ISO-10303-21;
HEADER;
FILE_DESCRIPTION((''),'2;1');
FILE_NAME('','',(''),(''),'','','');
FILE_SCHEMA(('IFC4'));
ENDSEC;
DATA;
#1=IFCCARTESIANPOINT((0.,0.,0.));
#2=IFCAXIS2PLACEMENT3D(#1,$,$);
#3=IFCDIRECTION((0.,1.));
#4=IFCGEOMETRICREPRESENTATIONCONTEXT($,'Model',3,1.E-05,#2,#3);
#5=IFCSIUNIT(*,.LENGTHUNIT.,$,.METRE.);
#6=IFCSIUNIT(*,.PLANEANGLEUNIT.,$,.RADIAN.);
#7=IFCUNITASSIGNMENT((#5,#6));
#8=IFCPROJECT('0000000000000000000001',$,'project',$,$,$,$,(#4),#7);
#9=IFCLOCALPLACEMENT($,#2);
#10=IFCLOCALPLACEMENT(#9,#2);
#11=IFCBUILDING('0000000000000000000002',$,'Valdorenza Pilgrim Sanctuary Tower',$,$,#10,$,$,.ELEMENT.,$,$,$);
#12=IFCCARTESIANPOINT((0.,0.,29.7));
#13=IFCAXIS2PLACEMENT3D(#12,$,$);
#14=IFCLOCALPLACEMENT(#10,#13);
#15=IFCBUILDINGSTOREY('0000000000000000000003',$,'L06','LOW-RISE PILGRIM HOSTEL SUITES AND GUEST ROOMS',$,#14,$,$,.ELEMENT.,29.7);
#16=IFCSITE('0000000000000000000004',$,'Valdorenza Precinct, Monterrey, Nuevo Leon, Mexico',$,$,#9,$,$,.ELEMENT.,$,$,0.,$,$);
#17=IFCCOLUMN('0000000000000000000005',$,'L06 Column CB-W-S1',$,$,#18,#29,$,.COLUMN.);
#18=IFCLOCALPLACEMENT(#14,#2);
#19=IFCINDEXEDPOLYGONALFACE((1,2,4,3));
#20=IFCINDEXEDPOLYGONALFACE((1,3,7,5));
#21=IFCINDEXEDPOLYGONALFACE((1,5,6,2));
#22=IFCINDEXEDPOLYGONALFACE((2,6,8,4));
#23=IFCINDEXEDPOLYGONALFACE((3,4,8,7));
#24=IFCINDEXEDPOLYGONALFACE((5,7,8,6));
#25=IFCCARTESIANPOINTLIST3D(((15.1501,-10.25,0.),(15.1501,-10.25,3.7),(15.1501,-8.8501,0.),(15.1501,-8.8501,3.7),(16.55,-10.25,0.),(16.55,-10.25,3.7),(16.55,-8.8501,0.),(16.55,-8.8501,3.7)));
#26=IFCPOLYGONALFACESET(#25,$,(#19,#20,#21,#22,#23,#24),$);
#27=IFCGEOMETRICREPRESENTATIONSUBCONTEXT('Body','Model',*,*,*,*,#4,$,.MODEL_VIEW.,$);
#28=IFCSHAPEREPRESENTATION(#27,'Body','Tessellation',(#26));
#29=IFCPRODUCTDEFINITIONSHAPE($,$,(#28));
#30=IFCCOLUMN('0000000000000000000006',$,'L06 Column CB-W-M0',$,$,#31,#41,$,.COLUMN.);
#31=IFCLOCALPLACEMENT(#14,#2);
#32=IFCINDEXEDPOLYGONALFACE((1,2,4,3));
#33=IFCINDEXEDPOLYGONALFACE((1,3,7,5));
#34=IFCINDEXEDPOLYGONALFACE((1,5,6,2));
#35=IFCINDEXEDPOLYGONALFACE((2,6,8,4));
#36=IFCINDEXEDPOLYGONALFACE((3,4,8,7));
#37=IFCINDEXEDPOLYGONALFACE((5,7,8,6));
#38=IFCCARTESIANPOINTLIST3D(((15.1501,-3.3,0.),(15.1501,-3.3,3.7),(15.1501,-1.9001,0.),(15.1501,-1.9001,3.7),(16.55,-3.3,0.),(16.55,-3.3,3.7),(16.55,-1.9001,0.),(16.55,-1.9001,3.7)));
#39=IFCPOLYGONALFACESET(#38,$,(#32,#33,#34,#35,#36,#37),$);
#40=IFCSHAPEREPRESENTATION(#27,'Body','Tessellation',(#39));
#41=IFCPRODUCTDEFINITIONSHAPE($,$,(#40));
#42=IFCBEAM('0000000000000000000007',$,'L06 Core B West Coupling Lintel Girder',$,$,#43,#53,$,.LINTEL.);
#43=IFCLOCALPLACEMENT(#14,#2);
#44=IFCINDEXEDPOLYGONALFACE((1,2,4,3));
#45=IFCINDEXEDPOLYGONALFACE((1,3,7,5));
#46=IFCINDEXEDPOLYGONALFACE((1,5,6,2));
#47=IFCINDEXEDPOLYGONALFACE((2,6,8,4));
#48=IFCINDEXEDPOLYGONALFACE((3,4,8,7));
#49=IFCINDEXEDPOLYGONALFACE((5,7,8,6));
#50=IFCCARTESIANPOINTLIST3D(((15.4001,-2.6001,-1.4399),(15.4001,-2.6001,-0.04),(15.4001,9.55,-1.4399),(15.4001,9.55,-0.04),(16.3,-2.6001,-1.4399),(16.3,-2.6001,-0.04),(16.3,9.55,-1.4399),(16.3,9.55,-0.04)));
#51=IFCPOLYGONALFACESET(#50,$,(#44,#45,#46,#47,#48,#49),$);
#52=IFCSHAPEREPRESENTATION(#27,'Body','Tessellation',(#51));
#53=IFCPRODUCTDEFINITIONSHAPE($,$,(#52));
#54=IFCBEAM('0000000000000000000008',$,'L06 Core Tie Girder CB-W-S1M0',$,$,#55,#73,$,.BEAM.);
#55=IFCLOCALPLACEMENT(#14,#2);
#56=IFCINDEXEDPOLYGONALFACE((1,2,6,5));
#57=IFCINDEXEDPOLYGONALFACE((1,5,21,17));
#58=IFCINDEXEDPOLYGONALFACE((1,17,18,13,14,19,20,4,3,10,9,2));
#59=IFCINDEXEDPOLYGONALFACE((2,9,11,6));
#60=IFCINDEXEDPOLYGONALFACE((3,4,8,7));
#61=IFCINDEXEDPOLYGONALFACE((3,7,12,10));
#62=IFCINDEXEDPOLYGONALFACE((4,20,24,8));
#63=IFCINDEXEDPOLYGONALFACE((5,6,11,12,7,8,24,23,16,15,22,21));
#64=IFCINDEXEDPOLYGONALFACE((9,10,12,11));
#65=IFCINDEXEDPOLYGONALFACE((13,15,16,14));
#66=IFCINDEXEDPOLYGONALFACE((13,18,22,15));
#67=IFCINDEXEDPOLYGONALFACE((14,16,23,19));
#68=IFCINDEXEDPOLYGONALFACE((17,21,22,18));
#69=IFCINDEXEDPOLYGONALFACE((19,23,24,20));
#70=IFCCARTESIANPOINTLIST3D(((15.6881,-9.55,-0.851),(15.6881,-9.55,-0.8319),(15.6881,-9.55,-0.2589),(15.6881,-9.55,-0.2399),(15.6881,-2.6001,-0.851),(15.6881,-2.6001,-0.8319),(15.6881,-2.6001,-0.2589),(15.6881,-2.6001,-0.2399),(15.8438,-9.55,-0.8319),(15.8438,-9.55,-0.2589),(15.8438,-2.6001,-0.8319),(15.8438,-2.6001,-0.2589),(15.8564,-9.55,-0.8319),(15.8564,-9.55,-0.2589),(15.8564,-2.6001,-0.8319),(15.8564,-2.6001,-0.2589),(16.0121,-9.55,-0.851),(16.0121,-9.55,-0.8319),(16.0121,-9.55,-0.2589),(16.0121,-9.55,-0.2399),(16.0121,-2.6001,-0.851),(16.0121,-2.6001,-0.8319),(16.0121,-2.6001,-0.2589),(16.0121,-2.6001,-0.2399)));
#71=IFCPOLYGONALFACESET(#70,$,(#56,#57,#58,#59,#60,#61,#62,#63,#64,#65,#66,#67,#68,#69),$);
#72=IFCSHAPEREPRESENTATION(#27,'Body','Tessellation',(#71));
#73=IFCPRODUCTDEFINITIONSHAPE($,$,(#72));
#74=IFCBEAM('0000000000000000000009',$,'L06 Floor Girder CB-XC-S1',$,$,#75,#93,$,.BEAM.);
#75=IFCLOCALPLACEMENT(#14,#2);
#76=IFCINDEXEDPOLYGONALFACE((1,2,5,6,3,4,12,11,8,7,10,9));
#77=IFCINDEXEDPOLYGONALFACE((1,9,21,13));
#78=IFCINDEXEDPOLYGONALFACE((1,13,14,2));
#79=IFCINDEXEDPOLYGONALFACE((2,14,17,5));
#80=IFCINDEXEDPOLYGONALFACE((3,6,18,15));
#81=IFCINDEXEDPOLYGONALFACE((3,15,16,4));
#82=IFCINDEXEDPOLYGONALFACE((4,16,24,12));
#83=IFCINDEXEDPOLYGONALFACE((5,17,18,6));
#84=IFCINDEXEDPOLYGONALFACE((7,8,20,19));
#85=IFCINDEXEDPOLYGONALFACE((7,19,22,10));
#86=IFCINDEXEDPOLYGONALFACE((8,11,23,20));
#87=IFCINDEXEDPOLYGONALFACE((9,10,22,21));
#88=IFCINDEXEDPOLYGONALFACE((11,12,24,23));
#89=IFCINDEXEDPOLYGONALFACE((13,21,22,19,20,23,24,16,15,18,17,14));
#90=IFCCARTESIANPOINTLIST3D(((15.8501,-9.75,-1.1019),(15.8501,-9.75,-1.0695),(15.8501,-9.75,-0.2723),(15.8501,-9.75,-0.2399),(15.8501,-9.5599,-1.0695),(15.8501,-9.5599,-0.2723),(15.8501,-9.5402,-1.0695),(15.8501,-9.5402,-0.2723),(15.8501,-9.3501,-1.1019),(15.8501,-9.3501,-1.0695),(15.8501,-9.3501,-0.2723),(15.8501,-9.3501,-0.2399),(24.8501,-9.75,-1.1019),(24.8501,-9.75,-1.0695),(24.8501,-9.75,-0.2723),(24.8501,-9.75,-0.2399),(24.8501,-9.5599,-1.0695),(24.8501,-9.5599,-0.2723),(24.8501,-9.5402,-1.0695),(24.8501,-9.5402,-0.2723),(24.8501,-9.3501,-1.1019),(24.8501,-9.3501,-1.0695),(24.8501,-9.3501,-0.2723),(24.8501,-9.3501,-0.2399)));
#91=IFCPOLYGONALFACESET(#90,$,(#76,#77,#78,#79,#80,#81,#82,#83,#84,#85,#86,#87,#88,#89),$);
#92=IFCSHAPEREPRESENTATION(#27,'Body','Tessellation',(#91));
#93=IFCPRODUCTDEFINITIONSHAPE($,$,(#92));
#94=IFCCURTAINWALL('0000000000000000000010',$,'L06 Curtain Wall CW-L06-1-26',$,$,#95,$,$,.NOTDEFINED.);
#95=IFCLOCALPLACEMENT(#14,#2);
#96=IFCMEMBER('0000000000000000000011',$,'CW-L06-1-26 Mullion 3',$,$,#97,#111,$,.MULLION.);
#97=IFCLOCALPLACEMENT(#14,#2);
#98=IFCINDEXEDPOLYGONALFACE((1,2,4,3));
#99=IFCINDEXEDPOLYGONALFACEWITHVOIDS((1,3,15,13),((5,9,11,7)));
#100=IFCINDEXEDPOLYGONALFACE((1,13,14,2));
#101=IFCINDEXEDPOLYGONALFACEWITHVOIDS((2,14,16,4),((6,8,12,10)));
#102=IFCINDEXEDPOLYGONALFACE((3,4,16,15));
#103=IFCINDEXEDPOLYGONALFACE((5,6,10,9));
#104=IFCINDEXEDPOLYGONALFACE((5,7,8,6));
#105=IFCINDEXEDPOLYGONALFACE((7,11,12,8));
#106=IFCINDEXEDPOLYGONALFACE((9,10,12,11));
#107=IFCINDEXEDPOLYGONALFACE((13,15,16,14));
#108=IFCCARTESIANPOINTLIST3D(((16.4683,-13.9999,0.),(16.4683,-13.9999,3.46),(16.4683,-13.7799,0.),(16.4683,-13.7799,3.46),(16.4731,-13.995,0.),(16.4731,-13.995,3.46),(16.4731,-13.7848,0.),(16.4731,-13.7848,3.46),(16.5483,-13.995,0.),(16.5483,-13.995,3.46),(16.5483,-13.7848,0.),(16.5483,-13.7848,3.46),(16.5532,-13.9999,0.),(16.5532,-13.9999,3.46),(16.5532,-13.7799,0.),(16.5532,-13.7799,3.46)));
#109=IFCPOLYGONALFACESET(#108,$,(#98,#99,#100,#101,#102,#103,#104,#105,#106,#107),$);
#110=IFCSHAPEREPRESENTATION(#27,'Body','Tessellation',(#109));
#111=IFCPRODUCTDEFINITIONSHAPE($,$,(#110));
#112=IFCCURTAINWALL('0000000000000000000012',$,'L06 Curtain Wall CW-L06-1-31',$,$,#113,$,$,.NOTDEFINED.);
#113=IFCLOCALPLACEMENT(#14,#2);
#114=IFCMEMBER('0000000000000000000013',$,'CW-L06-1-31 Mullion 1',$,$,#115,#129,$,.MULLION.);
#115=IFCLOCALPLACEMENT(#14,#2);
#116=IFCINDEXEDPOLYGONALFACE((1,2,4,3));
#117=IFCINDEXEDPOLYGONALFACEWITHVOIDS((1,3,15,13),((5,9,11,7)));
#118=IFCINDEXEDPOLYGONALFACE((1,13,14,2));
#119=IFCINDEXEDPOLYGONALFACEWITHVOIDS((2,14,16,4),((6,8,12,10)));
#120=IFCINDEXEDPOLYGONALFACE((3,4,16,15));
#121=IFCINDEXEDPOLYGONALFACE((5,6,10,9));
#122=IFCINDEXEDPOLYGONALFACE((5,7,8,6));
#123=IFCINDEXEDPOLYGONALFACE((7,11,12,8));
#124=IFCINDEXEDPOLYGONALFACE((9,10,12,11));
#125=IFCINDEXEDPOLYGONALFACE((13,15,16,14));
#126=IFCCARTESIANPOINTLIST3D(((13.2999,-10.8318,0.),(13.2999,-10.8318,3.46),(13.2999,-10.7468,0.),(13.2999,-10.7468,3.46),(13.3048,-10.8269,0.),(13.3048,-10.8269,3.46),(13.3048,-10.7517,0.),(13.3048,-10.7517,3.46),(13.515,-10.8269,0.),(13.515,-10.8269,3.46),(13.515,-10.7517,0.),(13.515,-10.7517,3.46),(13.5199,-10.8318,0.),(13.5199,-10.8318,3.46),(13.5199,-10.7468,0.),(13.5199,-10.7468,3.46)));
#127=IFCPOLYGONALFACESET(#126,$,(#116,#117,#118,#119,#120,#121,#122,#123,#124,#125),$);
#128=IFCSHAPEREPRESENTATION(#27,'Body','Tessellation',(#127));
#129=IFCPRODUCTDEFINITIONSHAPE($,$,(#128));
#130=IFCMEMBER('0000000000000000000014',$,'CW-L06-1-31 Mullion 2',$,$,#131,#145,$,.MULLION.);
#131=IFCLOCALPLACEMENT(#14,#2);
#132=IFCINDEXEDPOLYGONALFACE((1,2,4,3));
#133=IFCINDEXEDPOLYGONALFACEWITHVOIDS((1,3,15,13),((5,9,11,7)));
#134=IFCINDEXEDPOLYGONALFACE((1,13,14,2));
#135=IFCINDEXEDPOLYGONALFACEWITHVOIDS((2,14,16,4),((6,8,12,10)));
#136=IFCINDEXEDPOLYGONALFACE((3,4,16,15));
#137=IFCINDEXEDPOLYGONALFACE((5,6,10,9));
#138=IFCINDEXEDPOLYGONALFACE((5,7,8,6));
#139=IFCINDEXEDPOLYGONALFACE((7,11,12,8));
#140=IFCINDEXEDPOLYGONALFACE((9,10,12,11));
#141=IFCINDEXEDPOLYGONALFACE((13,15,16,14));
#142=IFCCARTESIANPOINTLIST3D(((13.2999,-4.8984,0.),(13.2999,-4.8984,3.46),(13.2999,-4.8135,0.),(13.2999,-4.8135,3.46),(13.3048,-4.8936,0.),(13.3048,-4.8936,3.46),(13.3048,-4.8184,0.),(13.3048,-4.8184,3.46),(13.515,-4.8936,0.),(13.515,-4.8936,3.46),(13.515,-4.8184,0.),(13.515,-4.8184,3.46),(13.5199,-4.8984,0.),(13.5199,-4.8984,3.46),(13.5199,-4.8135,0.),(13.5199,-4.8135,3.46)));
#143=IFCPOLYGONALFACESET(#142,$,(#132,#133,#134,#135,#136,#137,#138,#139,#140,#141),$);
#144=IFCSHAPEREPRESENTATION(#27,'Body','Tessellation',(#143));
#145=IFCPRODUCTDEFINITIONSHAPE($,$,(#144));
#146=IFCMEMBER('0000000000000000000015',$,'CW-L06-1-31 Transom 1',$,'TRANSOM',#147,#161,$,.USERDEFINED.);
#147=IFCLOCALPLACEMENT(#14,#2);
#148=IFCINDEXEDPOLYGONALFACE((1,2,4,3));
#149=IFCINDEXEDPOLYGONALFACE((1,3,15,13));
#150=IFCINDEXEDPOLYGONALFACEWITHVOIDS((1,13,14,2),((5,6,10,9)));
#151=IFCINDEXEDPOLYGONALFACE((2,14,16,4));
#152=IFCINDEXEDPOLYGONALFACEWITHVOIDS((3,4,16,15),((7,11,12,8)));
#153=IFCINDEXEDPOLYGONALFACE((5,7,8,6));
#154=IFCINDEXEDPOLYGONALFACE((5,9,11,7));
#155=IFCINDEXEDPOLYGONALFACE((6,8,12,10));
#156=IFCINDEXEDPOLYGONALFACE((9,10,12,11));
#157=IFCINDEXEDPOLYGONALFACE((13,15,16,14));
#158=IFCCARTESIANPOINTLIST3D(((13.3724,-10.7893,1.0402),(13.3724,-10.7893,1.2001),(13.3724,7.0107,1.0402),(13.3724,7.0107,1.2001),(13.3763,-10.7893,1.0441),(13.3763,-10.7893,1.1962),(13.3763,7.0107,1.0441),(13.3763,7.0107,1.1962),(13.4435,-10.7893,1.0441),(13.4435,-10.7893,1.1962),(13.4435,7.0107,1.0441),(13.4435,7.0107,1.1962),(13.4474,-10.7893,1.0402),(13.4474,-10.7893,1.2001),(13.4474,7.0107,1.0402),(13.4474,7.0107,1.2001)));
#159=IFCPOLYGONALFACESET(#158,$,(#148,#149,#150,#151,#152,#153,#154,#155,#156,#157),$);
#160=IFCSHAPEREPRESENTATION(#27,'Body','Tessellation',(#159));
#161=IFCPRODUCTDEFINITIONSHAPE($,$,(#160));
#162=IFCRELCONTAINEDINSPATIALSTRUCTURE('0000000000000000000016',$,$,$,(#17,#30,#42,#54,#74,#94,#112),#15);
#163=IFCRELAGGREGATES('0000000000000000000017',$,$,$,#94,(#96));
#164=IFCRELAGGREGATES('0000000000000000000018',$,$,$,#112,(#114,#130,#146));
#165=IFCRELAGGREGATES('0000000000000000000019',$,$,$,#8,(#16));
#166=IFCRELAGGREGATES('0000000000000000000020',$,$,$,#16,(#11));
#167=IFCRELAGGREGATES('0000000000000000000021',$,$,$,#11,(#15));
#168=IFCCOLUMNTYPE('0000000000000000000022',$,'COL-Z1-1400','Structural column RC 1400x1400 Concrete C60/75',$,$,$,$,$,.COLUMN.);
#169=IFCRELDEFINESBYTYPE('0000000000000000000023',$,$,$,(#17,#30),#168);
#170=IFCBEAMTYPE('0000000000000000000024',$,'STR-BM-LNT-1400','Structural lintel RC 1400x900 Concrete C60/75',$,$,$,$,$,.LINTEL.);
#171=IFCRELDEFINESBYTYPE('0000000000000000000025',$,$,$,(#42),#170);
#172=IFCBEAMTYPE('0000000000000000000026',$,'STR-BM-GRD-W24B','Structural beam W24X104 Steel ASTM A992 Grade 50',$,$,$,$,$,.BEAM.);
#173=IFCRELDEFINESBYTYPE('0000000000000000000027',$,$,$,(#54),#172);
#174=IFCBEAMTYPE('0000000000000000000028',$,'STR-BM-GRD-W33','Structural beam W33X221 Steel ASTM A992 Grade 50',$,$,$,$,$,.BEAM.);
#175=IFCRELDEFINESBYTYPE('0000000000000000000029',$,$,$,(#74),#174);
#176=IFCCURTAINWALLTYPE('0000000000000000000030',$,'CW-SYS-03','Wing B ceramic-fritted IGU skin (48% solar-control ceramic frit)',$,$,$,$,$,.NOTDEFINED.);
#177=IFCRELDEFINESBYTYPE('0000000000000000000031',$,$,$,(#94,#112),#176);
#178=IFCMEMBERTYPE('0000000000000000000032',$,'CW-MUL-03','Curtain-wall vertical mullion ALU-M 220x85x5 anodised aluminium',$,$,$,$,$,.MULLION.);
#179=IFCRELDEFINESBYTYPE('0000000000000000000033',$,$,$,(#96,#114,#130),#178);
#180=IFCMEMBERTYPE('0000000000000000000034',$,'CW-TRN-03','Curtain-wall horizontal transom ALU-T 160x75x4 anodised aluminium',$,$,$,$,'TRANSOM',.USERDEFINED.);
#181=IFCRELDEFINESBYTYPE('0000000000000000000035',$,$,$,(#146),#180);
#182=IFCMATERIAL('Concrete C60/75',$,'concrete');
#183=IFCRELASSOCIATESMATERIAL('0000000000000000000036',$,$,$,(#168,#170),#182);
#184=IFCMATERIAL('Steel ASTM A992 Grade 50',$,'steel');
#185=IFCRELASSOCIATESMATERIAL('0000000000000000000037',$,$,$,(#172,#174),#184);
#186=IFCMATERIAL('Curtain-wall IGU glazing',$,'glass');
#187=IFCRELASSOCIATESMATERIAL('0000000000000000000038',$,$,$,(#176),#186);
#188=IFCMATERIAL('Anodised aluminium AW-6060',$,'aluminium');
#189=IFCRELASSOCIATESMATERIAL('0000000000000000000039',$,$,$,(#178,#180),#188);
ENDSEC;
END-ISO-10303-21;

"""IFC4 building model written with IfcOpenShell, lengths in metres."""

from ifc_helpers import new_model, si_unit, direction, frame, origin, origin_2d, place, context, subcontext, project, spatial, rectangle, hollow_rectangle, i_section, extrude, source, transform, mapped, material, material_profile, profile_set, type_object, element, aggregate, save


model = new_model("IFC4")

# Units and contexts
model_context = context("Model", 3, precision=1e-05, world=origin(), true_north=direction((0.0, 1.0)))
body_context = subcontext(model_context, "Body", "Model", "MODEL_VIEW")
ifc_project = project(units=[si_unit("LENGTHUNIT", "METRE"), si_unit("PLANEANGLEUNIT", "RADIAN")], contexts=[model_context])

# Site, building, storey
site_placement = place(None, origin())
site = spatial("IfcSite", under=ifc_project, at=site_placement, Name="Valdorenza Precinct, Monterrey, Nuevo Leon, Mexico", CompositionType="ELEMENT", RefElevation=0.0)
building_placement = place(site_placement, origin())
building = spatial("IfcBuilding", under=site, at=building_placement, Name="Valdorenza Pilgrim Sanctuary Tower", CompositionType="ELEMENT")
storey_placement = place(building_placement, frame((0.0, 0.0, 29.7)))
storey = spatial("IfcBuildingStorey", under=building, at=storey_placement, Name="L06", Description="LOW-RISE PILGRIM HOSTEL SUITES AND GUEST ROOMS", CompositionType="ELEMENT", Elevation=29.7)

# Columns
ifc_material_1 = material(Name="Concrete C60/75", Category="concrete")
ifc_material_profile_1 = material_profile(ifc_material_1, rectangle(XDim=1.3999, YDim=1.3999, at=origin_2d()), Name="RC 1400x1400")
ifc_profile_set_1 = profile_set([ifc_material_profile_1], Name="Concrete C60/75")
column_type = type_object("IfcColumnType", Name="COL-Z1-1400", Description="Structural column RC 1400x1400 Concrete C60/75", PredefinedType="COLUMN", material=ifc_profile_set_1)
shared_shape_1 = source(origin(), body_context, "Body", "SweptSolid", [
    extrude(rectangle(XDim=1.3999, YDim=1.3999, at=origin_2d()), origin(), (0.0, 0.0, 1.0), 3.7),
])
for number, where, z_axis, x_axis, name in (
    (1, (15.8501, -9.55, 0.0), (0.0, 0.0, 1.0), (1.0, 0.0, 0.0), "L06 Column CB-W-S1"),
    (2, (15.8501, -2.6001, 0.0), (0.0, 0.0, 1.0), (1.0, 0.0, 0.0), "L06 Column CB-W-M0"),
):
    element("IfcColumn", number, at=place(storey_placement, frame(where, z_axis=z_axis, x_axis=x_axis)), inside=storey, type_object=column_type, Name=name, PredefinedType="COLUMN", context=body_context, shape_type="MappedRepresentation", body=[
        mapped(shared_shape_1, transform((0.0, 0.0, 0.0), x_axis=(1.0, 0.0, 0.0), y_axis=(0.0, 1.0, 0.0), z_axis=(0.0, 0.0, 1.0), scale=1.0)),
    ])

# Beams
ifc_material_profile_2 = material_profile(ifc_material_1, rectangle(XDim=0.8999, YDim=1.3999, at=origin_2d()), Name="RC 1400x900")
ifc_profile_set_2 = profile_set([ifc_material_profile_2], Name="Concrete C60/75")
beam_type_1 = type_object("IfcBeamType", Name="STR-BM-LNT-1400", Description="Structural lintel RC 1400x900 Concrete C60/75", PredefinedType="LINTEL", material=ifc_profile_set_2)
shared_shape_2 = source(origin(), body_context, "Body", "SweptSolid", [
    extrude(rectangle(XDim=0.8999, YDim=1.3999, at=origin_2d()), origin(), (0.0, 0.0, 1.0), 12.1501),
])
beam_1_placement = place(storey_placement, frame((15.8501, -2.6001, -0.74), z_axis=(0.0, 1.0, 0.0), x_axis=(-1.0, 0.0, 0.0)))
element("IfcBeam", 3, at=beam_1_placement, inside=storey, type_object=beam_type_1, Name="L06 Core B West Coupling Lintel Girder", PredefinedType="LINTEL", context=body_context, shape_type="MappedRepresentation", body=[
    mapped(shared_shape_2, transform((0.0, 0.0, 0.0), x_axis=(1.0, 0.0, 0.0), y_axis=(0.0, 1.0, 0.0), z_axis=(0.0, 0.0, 1.0), scale=1.0)),
])
ifc_material_2 = material(Name="Steel ASTM A992 Grade 50", Category="steel")
ifc_material_profile_3 = material_profile(ifc_material_2, i_section(OverallWidth=0.324, OverallDepth=0.6111, WebThickness=0.0127, FlangeThickness=0.019, at=origin_2d()), Name="W24X104")
ifc_profile_set_3 = profile_set([ifc_material_profile_3], Name="Steel ASTM A992 Grade 50")
beam_type_2 = type_object("IfcBeamType", Name="STR-BM-GRD-W24B", Description="Structural beam W24X104 Steel ASTM A992 Grade 50", PredefinedType="BEAM", material=ifc_profile_set_3)
shared_shape_3 = source(origin(), body_context, "Body", "SweptSolid", [
    extrude(i_section(OverallWidth=0.324, OverallDepth=0.6111, WebThickness=0.0127, FlangeThickness=0.019, at=origin_2d()), origin(), (0.0, 0.0, 1.0), 6.95),
])
beam_2_placement = place(storey_placement, frame((15.8501, -9.55, -0.5454), z_axis=(0.0, 1.0, 0.0), x_axis=(-1.0, 0.0, 0.0)))
element("IfcBeam", 4, at=beam_2_placement, inside=storey, type_object=beam_type_2, Name="L06 Core Tie Girder CB-W-S1M0", PredefinedType="BEAM", context=body_context, shape_type="MappedRepresentation", body=[
    mapped(shared_shape_3, transform((0.0, 0.0, 0.0), x_axis=(1.0, 0.0, 0.0), y_axis=(0.0, 1.0, 0.0), z_axis=(0.0, 0.0, 1.0), scale=1.0)),
])
ifc_material_profile_4 = material_profile(ifc_material_2, i_section(OverallWidth=0.3999, OverallDepth=0.8621, WebThickness=0.0198, FlangeThickness=0.0325, at=origin_2d()), Name="W33X221")
ifc_profile_set_4 = profile_set([ifc_material_profile_4], Name="Steel ASTM A992 Grade 50")
beam_type_3 = type_object("IfcBeamType", Name="STR-BM-GRD-W33", Description="Structural beam W33X221 Steel ASTM A992 Grade 50", PredefinedType="BEAM", material=ifc_profile_set_4)
shared_shape_4 = source(origin(), body_context, "Body", "SweptSolid", [
    extrude(i_section(OverallWidth=0.3999, OverallDepth=0.8621, WebThickness=0.0198, FlangeThickness=0.0325, at=origin_2d()), origin(), (0.0, 0.0, 1.0), 9.0),
])
beam_3_placement = place(storey_placement, frame((15.8501, -9.55, -0.6709), z_axis=(1.0, 0.0, 0.0), x_axis=(0.0, 1.0, 0.0)))
element("IfcBeam", 5, at=beam_3_placement, inside=storey, type_object=beam_type_3, Name="L06 Floor Girder CB-XC-S1", PredefinedType="BEAM", context=body_context, shape_type="MappedRepresentation", body=[
    mapped(shared_shape_4, transform((0.0, 0.0, 0.0), x_axis=(1.0, 0.0, 0.0), y_axis=(0.0, 1.0, 0.0), z_axis=(0.0, 0.0, 1.0), scale=1.0)),
])

# Curtain wall, member
ifc_material_3 = material(Name="Curtain-wall IGU glazing", Category="glass")
curtain_wall_type = type_object("IfcCurtainWallType", Name="CW-SYS-03", Description="Wing B ceramic-fritted IGU skin (48% solar-control ceramic frit)", PredefinedType="NOTDEFINED", material=ifc_material_3)
curtain_wall_1_placement = place(storey_placement, origin())
curtain_wall_1 = element("IfcCurtainWall", 6, at=curtain_wall_1_placement, inside=storey, type_object=curtain_wall_type, Name="L06 Curtain Wall CW-L06-1-26", PredefinedType="NOTDEFINED")
ifc_material_4 = material(Name="Anodised aluminium AW-6060", Category="aluminium")
ifc_material_profile_5 = material_profile(ifc_material_4, hollow_rectangle(XDim=0.085, YDim=0.22, WallThickness=0.0049, at=origin_2d()), Name="ALU-M 220x85x5")
ifc_profile_set_5 = profile_set([ifc_material_profile_5], Name="Anodised aluminium AW-6060")
member_type_1 = type_object("IfcMemberType", Name="CW-MUL-03", Description="Curtain-wall vertical mullion ALU-M 220x85x5 anodised aluminium", PredefinedType="MULLION", material=ifc_profile_set_5)
shared_shape_5 = source(origin(), body_context, "Body", "SweptSolid", [
    extrude(hollow_rectangle(XDim=0.085, YDim=0.22, WallThickness=0.0049, at=origin_2d()), origin(), (0.0, 0.0, 1.0), 3.46),
])
member_1_placement = place(storey_placement, frame((16.5107, -13.8899, 0.0), z_axis=(0.0, 0.0, 1.0), x_axis=(-1.0, 0.0, 0.0)))
member_1 = element("IfcMember", 7, at=member_1_placement, type_object=member_type_1, Name="CW-L06-1-26 Mullion 3", PredefinedType="MULLION", context=body_context, shape_type="MappedRepresentation", body=[
    mapped(shared_shape_5, transform((0.0, 0.0, 0.0), x_axis=(1.0, 0.0, 0.0), y_axis=(0.0, 1.0, 0.0), z_axis=(0.0, 0.0, 1.0), scale=1.0)),
])
aggregate(curtain_wall_1, [member_1])

# Curtain wall, members
curtain_wall_2_placement = place(storey_placement, origin())
curtain_wall_2 = element("IfcCurtainWall", 8, at=curtain_wall_2_placement, inside=storey, type_object=curtain_wall_type, Name="L06 Curtain Wall CW-L06-1-31", PredefinedType="NOTDEFINED")
member_2_placement = place(storey_placement, frame((13.4099, -10.7893, 0.0), z_axis=(0.0, 0.0, 1.0), x_axis=(0.0, 1.0, 0.0)))
member_2 = element("IfcMember", 9, at=member_2_placement, type_object=member_type_1, Name="CW-L06-1-31 Mullion 1", PredefinedType="MULLION", context=body_context, shape_type="MappedRepresentation", body=[
    mapped(shared_shape_5, transform((0.0, 0.0, 0.0), x_axis=(1.0, 0.0, 0.0), y_axis=(0.0, 1.0, 0.0), z_axis=(0.0, 0.0, 1.0), scale=1.0)),
])
member_3_placement = place(storey_placement, frame((13.4099, -4.856, 0.0), z_axis=(0.0, 0.0, 1.0), x_axis=(0.0, 1.0, 0.0)))
member_3 = element("IfcMember", 10, at=member_3_placement, type_object=member_type_1, Name="CW-L06-1-31 Mullion 2", PredefinedType="MULLION", context=body_context, shape_type="MappedRepresentation", body=[
    mapped(shared_shape_5, transform((0.0, 0.0, 0.0), x_axis=(1.0, 0.0, 0.0), y_axis=(0.0, 1.0, 0.0), z_axis=(0.0, 0.0, 1.0), scale=1.0)),
])
ifc_material_profile_6 = material_profile(ifc_material_4, hollow_rectangle(XDim=0.075, YDim=0.1599, WallThickness=0.0039, at=origin_2d()), Name="ALU-T 160x75x4")
ifc_profile_set_6 = profile_set([ifc_material_profile_6], Name="Anodised aluminium AW-6060")
member_type_2 = type_object("IfcMemberType", Name="CW-TRN-03", Description="Curtain-wall horizontal transom ALU-T 160x75x4 anodised aluminium", ElementType="TRANSOM", PredefinedType="USERDEFINED", material=ifc_profile_set_6)
shared_shape_6 = source(origin(), body_context, "Body", "SweptSolid", [
    extrude(hollow_rectangle(XDim=0.075, YDim=0.1599, WallThickness=0.0039, at=origin_2d()), origin(), (0.0, 0.0, 1.0), 17.8),
])
member_4_placement = place(storey_placement, frame((13.4099, -10.7893, 1.1201), z_axis=(0.0, 1.0, 0.0), x_axis=(-1.0, 0.0, 0.0)))
member_4 = element("IfcMember", 11, at=member_4_placement, type_object=member_type_2, Name="CW-L06-1-31 Transom 1", ObjectType="TRANSOM", PredefinedType="USERDEFINED", context=body_context, shape_type="MappedRepresentation", body=[
    mapped(shared_shape_6, transform((0.0, 0.0, 0.0), x_axis=(1.0, 0.0, 0.0), y_axis=(0.0, 1.0, 0.0), z_axis=(0.0, 0.0, 1.0), scale=1.0)),
])
aggregate(curtain_wall_2, [member_2, member_3, member_4])

save(model, "model.ifc")
